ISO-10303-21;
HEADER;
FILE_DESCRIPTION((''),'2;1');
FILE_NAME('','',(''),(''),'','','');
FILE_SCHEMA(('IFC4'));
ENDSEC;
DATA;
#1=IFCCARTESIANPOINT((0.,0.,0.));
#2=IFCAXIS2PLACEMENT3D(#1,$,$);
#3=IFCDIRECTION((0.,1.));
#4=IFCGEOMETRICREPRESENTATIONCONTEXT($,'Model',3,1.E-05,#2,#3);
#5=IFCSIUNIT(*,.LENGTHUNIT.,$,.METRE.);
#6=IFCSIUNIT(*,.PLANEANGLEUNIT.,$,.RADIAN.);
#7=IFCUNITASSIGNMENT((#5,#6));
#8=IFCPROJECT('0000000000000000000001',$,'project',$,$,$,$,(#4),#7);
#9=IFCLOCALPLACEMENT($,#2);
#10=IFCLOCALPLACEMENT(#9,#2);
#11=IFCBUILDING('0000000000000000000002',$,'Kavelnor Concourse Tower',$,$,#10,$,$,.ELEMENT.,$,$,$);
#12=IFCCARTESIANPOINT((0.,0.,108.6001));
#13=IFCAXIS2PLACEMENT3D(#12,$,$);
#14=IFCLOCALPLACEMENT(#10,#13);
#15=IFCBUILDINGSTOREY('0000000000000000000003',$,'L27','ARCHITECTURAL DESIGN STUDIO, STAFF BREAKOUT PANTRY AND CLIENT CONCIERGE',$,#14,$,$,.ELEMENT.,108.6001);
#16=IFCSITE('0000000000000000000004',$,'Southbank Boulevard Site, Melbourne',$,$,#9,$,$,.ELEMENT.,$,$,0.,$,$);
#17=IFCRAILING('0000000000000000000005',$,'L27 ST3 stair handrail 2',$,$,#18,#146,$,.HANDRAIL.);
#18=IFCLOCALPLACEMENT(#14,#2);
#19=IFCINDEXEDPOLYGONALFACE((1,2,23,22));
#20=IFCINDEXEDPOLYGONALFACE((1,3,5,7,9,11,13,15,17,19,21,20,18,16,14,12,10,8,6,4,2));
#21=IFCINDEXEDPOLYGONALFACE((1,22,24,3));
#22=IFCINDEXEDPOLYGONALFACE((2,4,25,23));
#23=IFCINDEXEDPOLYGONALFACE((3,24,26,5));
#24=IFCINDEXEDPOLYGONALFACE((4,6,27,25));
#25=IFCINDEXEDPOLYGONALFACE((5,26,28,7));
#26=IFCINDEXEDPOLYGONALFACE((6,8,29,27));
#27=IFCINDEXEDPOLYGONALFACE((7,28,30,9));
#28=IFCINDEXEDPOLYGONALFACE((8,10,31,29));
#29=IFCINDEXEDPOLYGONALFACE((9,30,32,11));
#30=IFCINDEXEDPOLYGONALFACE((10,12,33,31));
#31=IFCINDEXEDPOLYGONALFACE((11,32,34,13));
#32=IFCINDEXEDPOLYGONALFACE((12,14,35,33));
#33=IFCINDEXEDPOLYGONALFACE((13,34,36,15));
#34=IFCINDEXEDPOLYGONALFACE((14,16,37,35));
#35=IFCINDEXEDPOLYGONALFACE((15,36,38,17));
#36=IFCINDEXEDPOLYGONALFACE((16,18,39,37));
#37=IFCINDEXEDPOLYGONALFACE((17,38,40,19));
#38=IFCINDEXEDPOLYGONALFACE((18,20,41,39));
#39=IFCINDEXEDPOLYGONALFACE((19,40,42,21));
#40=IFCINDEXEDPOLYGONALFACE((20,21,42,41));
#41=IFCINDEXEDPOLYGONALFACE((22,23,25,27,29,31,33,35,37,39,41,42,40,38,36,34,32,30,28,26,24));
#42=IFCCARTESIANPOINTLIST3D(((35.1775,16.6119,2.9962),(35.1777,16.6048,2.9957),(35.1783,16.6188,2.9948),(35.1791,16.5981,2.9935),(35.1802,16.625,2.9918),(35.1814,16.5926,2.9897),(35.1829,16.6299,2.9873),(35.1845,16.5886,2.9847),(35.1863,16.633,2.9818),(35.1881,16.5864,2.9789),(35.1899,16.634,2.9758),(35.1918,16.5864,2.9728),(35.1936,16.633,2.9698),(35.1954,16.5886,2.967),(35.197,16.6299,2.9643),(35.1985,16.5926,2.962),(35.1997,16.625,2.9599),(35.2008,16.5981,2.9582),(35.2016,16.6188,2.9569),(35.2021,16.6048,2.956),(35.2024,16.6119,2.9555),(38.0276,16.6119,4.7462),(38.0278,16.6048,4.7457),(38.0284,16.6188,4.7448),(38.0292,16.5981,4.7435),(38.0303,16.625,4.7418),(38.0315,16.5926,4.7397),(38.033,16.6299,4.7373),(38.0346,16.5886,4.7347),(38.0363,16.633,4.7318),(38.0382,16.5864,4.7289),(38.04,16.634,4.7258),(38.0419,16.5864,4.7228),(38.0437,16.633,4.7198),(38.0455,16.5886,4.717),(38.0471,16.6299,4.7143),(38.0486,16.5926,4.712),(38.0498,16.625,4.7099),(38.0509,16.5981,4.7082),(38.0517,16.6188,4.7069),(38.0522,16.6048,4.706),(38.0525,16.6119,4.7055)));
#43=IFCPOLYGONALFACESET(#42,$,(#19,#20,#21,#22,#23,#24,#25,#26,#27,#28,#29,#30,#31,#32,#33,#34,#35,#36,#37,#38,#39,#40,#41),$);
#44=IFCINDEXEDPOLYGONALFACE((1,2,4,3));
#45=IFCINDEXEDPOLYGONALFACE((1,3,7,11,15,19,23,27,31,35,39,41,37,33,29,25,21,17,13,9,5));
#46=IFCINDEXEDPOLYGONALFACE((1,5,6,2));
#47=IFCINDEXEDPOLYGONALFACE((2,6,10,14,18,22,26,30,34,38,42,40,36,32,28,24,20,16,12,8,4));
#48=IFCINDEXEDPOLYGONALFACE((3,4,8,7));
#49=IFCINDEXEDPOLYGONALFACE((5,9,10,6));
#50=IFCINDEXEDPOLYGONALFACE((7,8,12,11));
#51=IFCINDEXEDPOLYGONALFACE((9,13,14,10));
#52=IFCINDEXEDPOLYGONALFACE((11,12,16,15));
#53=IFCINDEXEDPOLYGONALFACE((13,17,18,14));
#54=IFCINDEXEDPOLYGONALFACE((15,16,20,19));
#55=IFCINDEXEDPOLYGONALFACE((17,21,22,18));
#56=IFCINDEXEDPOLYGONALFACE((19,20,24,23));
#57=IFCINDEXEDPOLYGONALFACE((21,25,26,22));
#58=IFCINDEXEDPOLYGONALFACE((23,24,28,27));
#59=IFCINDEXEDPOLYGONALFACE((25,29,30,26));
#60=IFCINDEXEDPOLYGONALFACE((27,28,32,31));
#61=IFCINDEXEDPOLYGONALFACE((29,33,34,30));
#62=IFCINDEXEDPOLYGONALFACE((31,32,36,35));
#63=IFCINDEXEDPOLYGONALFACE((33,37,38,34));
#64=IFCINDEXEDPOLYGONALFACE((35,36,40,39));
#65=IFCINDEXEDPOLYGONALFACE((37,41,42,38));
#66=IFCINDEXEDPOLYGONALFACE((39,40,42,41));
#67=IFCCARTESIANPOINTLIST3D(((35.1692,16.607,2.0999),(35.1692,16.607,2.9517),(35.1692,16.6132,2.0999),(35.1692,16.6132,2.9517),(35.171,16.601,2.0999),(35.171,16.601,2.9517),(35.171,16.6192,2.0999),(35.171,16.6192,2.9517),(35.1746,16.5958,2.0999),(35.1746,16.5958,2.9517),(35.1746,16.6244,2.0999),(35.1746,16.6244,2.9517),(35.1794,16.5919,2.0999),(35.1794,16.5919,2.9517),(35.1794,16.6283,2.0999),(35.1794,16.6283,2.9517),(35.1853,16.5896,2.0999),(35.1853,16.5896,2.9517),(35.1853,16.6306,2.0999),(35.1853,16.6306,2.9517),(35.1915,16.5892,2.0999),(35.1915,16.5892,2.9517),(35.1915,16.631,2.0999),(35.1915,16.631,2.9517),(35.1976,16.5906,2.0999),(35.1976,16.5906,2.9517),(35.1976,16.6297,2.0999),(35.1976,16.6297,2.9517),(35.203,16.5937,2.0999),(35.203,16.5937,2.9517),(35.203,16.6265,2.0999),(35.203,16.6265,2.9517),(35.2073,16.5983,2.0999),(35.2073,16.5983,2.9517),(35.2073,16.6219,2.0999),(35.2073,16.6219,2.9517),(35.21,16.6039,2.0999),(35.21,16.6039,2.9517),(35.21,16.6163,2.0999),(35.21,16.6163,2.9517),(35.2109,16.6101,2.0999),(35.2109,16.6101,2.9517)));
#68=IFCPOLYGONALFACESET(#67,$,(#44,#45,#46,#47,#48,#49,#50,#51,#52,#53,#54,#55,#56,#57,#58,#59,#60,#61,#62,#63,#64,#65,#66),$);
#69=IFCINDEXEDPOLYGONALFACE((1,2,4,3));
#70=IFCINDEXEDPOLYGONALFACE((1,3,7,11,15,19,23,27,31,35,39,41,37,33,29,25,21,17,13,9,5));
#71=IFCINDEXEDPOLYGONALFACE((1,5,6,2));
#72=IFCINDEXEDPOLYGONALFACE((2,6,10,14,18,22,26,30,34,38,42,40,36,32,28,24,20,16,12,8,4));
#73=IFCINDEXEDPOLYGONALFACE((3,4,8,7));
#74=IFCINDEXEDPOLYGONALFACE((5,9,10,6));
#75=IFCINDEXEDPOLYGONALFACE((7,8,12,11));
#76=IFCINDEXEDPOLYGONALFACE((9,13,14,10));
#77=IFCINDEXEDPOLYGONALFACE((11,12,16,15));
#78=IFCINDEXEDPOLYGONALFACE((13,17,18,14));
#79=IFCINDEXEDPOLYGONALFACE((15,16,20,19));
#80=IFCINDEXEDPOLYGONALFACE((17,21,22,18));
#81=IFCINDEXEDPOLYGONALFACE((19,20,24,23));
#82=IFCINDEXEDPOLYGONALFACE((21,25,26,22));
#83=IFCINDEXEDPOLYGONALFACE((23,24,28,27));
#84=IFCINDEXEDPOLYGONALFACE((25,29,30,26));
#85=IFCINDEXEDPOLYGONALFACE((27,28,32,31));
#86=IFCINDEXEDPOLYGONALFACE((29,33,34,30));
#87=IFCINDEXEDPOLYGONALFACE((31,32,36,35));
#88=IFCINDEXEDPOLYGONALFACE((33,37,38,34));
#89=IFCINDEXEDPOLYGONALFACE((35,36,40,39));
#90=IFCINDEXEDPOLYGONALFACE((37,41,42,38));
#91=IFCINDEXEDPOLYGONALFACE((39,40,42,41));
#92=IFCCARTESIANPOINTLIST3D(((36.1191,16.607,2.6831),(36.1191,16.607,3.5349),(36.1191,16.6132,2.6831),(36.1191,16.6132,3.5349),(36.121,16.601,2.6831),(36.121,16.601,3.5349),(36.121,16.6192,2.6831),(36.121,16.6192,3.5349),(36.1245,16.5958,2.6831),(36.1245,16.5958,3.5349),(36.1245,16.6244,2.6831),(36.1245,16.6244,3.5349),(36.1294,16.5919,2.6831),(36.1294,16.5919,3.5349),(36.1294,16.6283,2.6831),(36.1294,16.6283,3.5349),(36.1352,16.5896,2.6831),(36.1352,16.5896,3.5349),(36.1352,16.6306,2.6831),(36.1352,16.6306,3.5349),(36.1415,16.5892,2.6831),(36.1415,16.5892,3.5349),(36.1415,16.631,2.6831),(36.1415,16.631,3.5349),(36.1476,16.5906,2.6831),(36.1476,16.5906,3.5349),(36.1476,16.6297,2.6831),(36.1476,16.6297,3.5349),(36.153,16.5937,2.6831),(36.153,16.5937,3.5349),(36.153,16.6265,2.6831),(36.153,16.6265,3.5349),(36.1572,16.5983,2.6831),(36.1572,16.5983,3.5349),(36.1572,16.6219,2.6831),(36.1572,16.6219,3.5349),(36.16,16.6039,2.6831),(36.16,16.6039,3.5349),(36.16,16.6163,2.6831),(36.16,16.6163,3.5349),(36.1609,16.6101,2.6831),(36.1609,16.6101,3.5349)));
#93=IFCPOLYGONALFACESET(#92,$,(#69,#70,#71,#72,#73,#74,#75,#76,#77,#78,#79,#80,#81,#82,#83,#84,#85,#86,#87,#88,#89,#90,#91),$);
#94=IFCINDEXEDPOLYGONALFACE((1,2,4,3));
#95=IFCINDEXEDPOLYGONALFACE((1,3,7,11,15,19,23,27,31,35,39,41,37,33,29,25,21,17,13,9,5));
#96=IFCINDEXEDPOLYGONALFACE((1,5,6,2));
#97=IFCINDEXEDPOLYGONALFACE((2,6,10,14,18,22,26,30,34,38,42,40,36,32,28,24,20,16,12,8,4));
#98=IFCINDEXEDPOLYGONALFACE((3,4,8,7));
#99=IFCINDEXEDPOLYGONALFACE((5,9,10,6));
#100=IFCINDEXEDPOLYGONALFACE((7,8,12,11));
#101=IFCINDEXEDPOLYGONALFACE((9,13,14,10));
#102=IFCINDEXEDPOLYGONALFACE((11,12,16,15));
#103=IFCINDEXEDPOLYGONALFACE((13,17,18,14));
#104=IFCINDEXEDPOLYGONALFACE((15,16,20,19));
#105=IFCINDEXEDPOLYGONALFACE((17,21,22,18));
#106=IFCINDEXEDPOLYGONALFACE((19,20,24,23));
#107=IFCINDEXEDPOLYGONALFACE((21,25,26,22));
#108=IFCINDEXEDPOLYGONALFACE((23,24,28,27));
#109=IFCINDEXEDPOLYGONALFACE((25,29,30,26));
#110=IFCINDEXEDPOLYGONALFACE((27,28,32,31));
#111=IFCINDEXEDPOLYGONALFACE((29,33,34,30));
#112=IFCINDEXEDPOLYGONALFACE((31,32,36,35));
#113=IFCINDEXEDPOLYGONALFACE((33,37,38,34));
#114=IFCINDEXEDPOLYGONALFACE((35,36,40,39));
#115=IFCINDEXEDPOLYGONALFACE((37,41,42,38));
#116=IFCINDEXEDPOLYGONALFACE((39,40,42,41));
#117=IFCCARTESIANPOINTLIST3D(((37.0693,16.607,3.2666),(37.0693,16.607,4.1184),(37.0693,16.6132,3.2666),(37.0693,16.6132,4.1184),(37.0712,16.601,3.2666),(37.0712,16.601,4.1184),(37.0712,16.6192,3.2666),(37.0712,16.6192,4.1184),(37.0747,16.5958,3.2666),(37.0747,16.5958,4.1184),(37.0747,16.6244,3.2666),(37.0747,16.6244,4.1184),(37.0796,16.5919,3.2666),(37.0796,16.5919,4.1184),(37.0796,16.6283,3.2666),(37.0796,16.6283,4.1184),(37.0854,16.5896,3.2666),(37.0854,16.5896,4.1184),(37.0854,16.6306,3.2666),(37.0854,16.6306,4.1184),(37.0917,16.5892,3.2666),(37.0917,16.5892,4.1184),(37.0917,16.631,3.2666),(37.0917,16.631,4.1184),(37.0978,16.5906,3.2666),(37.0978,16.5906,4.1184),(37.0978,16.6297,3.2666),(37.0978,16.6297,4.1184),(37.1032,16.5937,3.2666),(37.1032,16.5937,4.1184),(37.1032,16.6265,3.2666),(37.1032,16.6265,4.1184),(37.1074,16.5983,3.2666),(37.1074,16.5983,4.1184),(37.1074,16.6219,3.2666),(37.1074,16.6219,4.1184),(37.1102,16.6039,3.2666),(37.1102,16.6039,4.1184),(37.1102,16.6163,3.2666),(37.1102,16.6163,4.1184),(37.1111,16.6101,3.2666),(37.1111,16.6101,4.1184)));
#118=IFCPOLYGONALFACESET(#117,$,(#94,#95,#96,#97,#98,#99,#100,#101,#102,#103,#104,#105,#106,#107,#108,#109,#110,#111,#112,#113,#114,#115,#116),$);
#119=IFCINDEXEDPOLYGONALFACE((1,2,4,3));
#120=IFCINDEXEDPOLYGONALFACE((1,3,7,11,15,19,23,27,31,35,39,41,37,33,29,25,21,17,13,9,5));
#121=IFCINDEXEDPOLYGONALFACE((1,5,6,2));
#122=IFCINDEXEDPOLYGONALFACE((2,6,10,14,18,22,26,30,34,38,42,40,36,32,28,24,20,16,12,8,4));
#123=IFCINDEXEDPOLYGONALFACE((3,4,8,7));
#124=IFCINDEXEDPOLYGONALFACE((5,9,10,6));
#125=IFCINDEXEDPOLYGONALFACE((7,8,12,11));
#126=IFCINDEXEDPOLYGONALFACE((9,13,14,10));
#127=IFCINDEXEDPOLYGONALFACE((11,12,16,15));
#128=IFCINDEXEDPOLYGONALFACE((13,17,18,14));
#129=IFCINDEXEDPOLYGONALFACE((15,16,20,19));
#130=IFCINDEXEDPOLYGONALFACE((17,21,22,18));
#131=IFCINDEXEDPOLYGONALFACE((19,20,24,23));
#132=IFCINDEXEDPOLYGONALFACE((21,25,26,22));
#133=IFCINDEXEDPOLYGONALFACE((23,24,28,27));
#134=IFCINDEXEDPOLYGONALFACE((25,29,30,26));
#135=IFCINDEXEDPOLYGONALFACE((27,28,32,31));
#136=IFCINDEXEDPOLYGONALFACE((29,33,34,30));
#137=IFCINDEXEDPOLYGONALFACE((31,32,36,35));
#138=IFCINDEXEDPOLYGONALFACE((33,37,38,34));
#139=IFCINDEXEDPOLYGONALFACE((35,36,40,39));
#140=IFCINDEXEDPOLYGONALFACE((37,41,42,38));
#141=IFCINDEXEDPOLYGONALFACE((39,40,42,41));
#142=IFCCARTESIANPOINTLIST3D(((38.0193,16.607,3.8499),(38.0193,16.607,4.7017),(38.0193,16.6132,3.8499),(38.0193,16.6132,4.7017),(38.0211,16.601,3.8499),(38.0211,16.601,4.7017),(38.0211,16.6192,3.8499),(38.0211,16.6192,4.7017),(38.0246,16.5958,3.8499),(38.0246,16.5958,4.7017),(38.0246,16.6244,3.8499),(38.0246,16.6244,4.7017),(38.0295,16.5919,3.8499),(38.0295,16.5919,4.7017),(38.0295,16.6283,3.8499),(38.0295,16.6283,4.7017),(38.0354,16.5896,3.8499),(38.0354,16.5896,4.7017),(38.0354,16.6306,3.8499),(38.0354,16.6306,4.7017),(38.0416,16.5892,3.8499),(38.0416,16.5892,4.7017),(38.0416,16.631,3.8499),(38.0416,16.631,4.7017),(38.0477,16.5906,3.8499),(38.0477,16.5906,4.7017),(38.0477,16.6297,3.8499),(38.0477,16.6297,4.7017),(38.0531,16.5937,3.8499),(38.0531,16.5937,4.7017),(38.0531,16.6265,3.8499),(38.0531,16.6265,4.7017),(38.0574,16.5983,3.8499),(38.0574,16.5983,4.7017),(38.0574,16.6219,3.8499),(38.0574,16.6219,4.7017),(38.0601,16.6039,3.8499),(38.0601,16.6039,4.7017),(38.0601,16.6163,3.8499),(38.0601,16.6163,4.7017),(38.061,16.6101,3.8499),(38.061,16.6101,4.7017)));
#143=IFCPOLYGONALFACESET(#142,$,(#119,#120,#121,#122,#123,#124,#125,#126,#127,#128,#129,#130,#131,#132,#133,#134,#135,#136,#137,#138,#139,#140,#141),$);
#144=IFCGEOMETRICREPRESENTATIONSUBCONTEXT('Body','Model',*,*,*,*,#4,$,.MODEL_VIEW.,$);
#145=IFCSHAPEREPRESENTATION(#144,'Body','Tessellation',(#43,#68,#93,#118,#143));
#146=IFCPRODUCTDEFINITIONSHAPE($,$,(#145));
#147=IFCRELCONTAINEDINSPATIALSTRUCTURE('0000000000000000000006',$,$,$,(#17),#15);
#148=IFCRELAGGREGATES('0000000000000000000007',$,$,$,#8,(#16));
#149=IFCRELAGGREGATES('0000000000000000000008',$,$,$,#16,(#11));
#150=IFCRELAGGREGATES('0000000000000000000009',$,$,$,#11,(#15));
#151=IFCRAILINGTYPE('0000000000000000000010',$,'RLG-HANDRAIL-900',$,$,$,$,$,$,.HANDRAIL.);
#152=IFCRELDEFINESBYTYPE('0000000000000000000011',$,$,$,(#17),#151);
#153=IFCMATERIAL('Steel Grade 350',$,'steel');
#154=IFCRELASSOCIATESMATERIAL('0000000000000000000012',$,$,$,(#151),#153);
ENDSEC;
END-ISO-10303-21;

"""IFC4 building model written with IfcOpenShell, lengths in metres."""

from ifc_helpers import new_model, si_unit, direction, frame, origin, origin_2d, place, context, subcontext, project, spatial, circle, extrude, material, type_object, element, save


model = new_model("IFC4")

# Units and contexts
model_context = context("Model", 3, precision=1e-05, world=origin(), true_north=direction((0.0, 1.0)))
body_context = subcontext(model_context, "Body", "Model", "MODEL_VIEW")
ifc_project = project(units=[si_unit("LENGTHUNIT", "METRE"), si_unit("PLANEANGLEUNIT", "RADIAN")], contexts=[model_context])

# Site, building, storey
site_placement = place(None, origin())
site = spatial("IfcSite", under=ifc_project, at=site_placement, Name="Southbank Boulevard Site, Melbourne", CompositionType="ELEMENT", RefElevation=0.0)
building_placement = place(site_placement, origin())
building = spatial("IfcBuilding", under=site, at=building_placement, Name="Kavelnor Concourse Tower", CompositionType="ELEMENT")
storey_placement = place(building_placement, frame((0.0, 0.0, 108.6001)))
storey = spatial("IfcBuildingStorey", under=building, at=storey_placement, Name="L27", Description="ARCHITECTURAL DESIGN STUDIO, STAFF BREAKOUT PANTRY AND CLIENT CONCIERGE", CompositionType="ELEMENT", Elevation=108.6001)

# Shared definitions
ifc_material_1 = material(Name="Steel Grade 350", Category="steel")

# Railing
railing_type = type_object("IfcRailingType", Name="RLG-HANDRAIL-900", PredefinedType="HANDRAIL", material=ifc_material_1)
railing_1_placement = place(storey_placement, frame((35.1899, 16.6101, 2.0999)))
element("IfcRailing", 1, at=railing_1_placement, inside=storey, type_object=railing_type, Name="L27 ST3 stair handrail 2", PredefinedType="HANDRAIL", context=body_context, shape_type="SweptSolid", body=[
    extrude(circle(Radius=0.0239, at=origin_2d()), frame((0.0, 0.0, 0.876), z_axis=(0.852179, 0.0, 0.52325), x_axis=(0.0, 1.0, 0.0)), (0.0, 0.0, 1.0), 3.3445),
    extrude(circle(Radius=0.021, at=origin_2d()), origin(), (0.0, 0.0, 1.0), 0.8518),
    extrude(circle(Radius=0.021, at=origin_2d()), frame((0.95, 0.0, 0.5833)), (0.0, 0.0, 1.0), 0.8518),
    extrude(circle(Radius=0.021, at=origin_2d()), frame((1.9001, 0.0, 1.1667)), (0.0, 0.0, 1.0), 0.8518),
    extrude(circle(Radius=0.021, at=origin_2d()), frame((2.8501, 0.0, 1.75)), (0.0, 0.0, 1.0), 0.8518),
])

save(model, "model.ifc")
